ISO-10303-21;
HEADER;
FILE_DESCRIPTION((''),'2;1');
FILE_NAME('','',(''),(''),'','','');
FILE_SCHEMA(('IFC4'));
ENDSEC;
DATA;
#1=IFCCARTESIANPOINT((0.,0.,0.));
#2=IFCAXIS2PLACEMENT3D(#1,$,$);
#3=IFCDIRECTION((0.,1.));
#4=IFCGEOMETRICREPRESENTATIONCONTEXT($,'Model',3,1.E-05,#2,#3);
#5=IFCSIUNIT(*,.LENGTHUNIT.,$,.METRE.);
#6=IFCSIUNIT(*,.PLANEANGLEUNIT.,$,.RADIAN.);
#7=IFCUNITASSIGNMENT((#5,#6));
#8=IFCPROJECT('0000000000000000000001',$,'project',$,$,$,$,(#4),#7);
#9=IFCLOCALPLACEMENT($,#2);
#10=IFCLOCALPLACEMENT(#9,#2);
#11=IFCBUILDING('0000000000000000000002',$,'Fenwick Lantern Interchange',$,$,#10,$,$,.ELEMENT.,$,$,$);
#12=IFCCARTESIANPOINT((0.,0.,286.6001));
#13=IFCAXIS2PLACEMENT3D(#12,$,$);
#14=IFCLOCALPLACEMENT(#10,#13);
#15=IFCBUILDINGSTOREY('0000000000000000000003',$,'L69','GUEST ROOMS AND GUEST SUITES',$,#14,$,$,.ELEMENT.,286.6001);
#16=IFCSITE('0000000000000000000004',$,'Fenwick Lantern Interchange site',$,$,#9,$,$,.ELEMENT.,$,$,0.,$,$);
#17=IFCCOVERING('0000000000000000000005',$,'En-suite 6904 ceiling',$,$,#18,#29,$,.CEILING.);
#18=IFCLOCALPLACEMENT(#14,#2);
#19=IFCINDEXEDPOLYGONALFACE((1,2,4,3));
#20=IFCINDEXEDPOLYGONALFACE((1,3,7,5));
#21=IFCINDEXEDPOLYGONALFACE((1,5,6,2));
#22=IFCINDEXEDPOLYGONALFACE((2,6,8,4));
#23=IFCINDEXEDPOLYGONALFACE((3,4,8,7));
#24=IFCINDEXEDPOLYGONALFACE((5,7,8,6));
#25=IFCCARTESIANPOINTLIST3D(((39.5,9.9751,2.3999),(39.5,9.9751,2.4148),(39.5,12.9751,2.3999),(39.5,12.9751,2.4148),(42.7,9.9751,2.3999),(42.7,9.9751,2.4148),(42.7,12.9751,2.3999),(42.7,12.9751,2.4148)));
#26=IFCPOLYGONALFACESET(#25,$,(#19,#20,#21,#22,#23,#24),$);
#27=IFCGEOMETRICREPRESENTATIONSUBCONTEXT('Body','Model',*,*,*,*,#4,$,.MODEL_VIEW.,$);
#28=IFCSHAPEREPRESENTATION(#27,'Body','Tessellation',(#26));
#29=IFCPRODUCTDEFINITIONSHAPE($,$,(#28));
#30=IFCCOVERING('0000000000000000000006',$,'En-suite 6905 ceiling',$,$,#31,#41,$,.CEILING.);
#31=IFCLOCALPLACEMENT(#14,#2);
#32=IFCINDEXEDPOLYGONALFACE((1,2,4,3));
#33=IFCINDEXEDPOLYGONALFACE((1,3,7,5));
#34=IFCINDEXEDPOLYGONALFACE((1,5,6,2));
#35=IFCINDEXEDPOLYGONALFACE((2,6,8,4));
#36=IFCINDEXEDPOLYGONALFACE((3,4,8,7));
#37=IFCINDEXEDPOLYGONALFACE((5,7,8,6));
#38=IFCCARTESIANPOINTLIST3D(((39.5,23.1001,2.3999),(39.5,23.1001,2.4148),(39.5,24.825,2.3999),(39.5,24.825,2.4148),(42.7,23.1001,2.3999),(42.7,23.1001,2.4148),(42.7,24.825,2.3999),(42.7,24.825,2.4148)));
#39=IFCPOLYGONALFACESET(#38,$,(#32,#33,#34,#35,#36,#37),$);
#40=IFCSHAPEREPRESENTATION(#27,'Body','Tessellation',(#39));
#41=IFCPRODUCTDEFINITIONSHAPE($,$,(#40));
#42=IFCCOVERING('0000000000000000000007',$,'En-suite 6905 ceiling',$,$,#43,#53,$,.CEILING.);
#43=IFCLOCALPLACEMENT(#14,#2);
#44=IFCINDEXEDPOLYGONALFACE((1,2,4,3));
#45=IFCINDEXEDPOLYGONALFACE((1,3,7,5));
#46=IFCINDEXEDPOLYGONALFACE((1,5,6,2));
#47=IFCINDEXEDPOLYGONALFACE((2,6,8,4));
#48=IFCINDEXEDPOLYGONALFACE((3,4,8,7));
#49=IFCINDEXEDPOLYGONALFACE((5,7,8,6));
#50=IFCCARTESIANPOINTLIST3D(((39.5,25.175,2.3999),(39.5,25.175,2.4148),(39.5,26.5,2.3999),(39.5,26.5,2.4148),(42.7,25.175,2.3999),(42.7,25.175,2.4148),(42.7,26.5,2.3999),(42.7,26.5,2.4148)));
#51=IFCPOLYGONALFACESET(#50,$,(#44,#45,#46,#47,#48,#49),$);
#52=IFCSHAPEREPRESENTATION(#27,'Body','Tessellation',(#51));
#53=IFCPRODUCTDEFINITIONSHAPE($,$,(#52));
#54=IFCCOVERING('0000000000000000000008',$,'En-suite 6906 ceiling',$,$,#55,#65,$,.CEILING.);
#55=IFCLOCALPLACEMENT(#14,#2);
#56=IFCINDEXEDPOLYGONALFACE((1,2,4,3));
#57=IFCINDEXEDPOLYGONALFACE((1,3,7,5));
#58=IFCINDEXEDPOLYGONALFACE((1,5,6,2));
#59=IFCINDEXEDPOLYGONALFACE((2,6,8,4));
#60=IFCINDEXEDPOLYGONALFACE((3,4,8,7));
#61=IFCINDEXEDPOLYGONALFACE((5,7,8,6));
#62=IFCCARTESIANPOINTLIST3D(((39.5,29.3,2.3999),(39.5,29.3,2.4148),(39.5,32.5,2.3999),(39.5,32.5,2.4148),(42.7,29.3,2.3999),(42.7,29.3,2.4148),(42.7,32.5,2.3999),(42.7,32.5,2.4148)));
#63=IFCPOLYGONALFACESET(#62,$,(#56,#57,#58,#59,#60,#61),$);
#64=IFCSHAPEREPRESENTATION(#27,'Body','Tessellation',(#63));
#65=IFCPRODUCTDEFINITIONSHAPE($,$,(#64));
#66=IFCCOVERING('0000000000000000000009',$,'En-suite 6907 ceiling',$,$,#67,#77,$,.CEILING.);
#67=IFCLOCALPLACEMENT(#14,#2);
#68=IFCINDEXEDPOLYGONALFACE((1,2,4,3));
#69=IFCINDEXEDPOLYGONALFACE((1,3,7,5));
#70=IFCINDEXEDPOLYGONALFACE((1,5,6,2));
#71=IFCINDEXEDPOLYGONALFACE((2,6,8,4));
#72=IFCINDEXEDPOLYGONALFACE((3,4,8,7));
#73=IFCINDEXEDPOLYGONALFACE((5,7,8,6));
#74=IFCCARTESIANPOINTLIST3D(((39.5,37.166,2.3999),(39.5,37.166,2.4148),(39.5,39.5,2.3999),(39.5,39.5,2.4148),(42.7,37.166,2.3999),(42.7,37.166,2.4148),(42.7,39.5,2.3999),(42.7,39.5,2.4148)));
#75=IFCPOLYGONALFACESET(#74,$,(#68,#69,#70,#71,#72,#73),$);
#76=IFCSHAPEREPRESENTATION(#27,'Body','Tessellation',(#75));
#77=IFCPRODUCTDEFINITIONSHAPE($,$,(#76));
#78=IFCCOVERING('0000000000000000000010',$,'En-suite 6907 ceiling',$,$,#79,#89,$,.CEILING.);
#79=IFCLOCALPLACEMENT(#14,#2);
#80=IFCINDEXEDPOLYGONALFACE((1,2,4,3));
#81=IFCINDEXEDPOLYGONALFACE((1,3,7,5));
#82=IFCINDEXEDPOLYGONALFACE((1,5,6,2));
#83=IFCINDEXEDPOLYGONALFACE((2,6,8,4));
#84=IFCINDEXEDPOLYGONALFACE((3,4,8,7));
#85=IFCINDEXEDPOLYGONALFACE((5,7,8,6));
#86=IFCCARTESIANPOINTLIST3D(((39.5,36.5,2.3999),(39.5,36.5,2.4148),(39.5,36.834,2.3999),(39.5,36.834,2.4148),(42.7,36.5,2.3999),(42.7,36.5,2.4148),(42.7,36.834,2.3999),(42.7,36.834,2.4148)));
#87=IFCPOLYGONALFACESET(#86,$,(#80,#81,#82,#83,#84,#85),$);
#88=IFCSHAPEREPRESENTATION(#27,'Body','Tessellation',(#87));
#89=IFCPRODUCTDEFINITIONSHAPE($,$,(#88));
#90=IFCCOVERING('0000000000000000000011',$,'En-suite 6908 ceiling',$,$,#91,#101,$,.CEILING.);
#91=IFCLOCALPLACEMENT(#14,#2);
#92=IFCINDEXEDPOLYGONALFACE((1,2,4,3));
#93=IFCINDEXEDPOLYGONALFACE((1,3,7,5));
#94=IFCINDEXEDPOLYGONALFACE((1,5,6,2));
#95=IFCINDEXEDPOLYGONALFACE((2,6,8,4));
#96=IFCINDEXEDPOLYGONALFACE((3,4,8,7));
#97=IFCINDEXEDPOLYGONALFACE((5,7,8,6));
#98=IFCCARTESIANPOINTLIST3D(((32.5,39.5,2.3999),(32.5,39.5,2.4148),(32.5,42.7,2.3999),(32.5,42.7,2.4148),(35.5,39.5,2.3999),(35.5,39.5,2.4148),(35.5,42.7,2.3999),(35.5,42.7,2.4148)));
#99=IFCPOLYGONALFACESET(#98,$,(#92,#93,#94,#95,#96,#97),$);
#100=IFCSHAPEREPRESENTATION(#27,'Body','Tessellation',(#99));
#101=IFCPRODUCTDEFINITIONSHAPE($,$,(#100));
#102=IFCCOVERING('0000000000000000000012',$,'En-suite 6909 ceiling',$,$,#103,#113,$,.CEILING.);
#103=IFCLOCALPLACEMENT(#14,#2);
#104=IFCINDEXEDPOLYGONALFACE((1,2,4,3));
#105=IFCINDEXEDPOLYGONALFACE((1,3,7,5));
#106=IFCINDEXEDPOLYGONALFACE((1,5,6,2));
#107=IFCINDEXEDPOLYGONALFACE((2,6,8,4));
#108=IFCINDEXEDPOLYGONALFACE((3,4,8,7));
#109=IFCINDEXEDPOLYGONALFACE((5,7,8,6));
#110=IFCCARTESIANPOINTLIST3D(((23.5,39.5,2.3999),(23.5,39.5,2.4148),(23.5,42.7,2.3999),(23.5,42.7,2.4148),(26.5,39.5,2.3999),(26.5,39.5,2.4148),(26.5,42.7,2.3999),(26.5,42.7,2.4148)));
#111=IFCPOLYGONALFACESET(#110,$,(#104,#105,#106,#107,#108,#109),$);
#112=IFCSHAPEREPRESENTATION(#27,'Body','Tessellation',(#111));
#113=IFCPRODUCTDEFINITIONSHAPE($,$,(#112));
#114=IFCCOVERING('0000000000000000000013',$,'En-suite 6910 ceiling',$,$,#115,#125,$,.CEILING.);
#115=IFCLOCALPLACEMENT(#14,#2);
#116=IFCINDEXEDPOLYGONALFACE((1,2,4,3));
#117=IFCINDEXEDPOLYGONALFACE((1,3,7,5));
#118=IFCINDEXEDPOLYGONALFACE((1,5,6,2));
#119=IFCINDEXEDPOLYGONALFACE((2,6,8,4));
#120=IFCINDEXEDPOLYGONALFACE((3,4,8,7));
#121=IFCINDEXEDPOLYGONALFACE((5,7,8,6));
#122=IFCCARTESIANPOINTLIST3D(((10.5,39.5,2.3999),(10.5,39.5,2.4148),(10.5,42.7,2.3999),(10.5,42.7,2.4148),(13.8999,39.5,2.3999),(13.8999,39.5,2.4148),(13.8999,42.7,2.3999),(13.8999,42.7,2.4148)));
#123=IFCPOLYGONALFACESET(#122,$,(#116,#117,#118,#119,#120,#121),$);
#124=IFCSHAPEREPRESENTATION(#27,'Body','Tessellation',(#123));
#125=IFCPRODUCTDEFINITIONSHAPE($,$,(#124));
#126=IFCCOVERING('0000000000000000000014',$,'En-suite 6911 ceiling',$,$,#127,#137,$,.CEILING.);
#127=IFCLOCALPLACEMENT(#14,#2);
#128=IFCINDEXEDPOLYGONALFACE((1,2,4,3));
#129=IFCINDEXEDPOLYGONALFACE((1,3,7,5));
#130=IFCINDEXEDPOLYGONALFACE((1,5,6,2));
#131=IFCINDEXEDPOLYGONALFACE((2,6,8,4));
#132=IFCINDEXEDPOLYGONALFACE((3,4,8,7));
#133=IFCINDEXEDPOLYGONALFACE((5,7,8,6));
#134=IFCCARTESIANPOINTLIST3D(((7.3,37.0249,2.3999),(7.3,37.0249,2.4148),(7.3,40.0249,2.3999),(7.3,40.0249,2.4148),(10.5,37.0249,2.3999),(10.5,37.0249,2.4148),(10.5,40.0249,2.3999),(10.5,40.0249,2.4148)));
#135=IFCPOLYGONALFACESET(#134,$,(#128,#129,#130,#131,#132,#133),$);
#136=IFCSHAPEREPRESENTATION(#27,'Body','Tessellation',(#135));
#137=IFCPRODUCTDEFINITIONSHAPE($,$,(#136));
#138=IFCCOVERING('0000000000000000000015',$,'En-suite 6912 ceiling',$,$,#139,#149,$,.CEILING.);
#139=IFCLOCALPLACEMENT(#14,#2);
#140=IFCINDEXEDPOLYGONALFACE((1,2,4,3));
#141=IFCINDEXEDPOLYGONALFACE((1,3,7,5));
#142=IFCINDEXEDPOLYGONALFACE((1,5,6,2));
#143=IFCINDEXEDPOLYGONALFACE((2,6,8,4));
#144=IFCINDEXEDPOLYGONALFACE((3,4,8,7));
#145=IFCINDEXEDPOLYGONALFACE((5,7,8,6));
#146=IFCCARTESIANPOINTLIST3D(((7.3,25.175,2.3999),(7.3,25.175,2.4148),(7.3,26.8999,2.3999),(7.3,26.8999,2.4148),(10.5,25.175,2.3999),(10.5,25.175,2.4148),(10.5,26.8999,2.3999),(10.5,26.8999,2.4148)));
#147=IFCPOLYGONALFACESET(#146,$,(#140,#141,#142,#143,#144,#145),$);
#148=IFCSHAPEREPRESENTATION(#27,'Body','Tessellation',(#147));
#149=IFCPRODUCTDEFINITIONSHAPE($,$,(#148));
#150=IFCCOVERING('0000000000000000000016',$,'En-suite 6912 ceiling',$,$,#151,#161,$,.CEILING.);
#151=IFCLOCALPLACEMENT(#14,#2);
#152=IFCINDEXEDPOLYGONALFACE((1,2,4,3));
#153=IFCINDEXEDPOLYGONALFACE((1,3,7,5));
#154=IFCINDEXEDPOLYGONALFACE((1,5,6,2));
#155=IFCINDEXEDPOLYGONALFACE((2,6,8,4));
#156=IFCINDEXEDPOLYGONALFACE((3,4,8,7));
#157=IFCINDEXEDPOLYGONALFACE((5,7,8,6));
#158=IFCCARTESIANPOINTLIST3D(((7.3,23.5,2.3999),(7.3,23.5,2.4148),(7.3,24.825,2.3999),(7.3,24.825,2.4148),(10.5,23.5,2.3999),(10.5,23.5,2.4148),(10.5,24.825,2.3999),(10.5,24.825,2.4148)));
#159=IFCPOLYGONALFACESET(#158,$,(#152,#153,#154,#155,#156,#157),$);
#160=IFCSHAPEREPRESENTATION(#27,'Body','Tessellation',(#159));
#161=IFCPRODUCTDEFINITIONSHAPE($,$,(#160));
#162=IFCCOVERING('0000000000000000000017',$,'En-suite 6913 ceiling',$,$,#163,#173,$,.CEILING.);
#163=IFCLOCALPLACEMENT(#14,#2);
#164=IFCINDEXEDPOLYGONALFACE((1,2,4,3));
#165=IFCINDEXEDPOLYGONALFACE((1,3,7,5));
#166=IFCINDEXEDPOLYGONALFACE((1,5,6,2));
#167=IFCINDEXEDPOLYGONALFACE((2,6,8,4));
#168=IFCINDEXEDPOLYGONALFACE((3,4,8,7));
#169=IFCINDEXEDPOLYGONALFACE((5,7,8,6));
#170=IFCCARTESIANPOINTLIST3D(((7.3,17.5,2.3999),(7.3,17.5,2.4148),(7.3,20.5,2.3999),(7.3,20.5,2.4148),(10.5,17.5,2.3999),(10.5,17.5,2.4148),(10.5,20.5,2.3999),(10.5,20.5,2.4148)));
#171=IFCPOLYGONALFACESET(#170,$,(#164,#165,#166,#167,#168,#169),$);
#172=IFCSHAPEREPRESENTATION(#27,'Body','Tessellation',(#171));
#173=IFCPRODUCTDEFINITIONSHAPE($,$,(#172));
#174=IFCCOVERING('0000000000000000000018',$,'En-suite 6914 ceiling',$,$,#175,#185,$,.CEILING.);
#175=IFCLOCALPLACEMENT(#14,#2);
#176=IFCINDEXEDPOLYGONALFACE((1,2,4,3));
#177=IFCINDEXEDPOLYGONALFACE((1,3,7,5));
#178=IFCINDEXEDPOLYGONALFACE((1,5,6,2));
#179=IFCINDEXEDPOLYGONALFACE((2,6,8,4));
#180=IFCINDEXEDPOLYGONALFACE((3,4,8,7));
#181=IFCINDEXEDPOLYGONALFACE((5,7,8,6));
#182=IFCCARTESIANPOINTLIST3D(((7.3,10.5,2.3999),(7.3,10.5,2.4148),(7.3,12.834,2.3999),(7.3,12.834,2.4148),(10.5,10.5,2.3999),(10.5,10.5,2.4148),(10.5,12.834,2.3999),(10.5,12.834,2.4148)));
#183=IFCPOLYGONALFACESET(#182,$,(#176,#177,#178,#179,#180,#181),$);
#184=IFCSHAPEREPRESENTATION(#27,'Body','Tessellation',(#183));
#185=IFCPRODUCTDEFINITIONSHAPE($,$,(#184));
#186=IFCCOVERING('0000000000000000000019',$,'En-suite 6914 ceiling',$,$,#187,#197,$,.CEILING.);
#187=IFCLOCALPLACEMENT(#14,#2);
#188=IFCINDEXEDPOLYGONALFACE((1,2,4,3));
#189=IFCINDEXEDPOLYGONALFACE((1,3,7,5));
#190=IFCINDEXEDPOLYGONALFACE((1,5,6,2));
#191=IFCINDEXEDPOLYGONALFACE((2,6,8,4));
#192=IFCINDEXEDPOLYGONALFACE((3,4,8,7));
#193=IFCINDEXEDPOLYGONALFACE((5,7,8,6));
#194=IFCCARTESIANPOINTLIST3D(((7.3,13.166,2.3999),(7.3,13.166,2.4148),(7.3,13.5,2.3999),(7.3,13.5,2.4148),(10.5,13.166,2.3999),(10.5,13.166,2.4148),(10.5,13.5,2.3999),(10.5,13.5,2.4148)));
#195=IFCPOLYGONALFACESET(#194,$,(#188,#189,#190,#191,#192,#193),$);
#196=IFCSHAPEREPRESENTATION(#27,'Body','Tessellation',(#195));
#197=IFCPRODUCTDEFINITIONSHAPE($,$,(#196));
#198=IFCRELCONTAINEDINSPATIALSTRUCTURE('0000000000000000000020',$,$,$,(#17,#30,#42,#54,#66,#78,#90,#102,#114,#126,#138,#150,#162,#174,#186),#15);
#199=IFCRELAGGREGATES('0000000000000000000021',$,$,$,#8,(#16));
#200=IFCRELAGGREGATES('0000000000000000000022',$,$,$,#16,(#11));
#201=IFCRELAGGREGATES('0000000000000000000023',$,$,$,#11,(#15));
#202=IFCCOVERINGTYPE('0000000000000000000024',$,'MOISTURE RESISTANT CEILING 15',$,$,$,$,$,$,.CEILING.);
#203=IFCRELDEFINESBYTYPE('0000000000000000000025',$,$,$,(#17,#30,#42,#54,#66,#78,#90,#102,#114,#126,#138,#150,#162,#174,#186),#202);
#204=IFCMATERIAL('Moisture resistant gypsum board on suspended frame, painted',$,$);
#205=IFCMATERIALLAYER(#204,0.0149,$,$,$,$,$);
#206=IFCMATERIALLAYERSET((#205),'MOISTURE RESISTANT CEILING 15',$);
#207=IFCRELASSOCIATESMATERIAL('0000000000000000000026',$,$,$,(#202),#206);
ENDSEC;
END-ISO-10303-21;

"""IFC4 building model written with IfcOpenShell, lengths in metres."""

from ifc_helpers import new_model, si_unit, direction, frame, origin, place, context, subcontext, project, spatial, polyline, outline, extrude, material, layer, layer_set, type_object, element, save


model = new_model("IFC4")

# Units and contexts
model_context = context("Model", 3, precision=1e-05, world=origin(), true_north=direction((0.0, 1.0)))
body_context = subcontext(model_context, "Body", "Model", "MODEL_VIEW")
ifc_project = project(units=[si_unit("LENGTHUNIT", "METRE"), si_unit("PLANEANGLEUNIT", "RADIAN")], contexts=[model_context])

# Site, building, storey
site_placement = place(None, origin())
site = spatial("IfcSite", under=ifc_project, at=site_placement, Name="Fenwick Lantern Interchange site", CompositionType="ELEMENT", RefElevation=0.0)
building_placement = place(site_placement, origin())
building = spatial("IfcBuilding", under=site, at=building_placement, Name="Fenwick Lantern Interchange", CompositionType="ELEMENT")
storey_placement = place(building_placement, frame((0.0, 0.0, 286.6001)))
storey = spatial("IfcBuildingStorey", under=building, at=storey_placement, Name="L69", Description="GUEST ROOMS AND GUEST SUITES", CompositionType="ELEMENT", Elevation=286.6001)

# Coverings
ifc_material_1 = material(Name="Moisture resistant gypsum board on suspended frame, painted")
ifc_layer_1 = layer(ifc_material_1, 0.0149)
ifc_layer_set_1 = layer_set([ifc_layer_1], Name="MOISTURE RESISTANT CEILING 15")
covering_type_1 = type_object("IfcCoveringType", Name="MOISTURE RESISTANT CEILING 15", PredefinedType="CEILING", material=ifc_layer_set_1)
covering_1_placement = place(storey_placement, frame((0.0, 0.0, 2.3999)))
element("IfcCovering", 1, at=covering_1_placement, inside=storey, type_object=covering_type_1, Name="En-suite 6904 ceiling", PredefinedType="CEILING", context=body_context, shape_type="SweptSolid", body=[
    extrude(outline(polyline([(42.7, 9.9751), (42.7, 12.9751), (39.5, 12.9751), (39.5, 9.9751), (42.7, 9.9751)])), origin(), (0.0, 0.0, 1.0), 0.0149),
])
covering_2_placement = place(storey_placement, frame((0.0, 0.0, 2.3999)))
element("IfcCovering", 2, at=covering_2_placement, inside=storey, type_object=covering_type_1, Name="En-suite 6905 ceiling", PredefinedType="CEILING", context=body_context, shape_type="SweptSolid", body=[
    extrude(outline(polyline([(42.7, 23.1001), (42.7, 24.825), (39.5, 24.825), (39.5, 23.1001), (42.7, 23.1001)])), origin(), (0.0, 0.0, 1.0), 0.0149),
])
covering_3_placement = place(storey_placement, frame((0.0, 0.0, 2.3999)))
element("IfcCovering", 3, at=covering_3_placement, inside=storey, type_object=covering_type_1, Name="En-suite 6905 ceiling", PredefinedType="CEILING", context=body_context, shape_type="SweptSolid", body=[
    extrude(outline(polyline([(39.5, 26.5), (39.5, 25.175), (42.7, 25.175), (42.7, 26.5), (39.5, 26.5)])), origin(), (0.0, 0.0, 1.0), 0.0149),
])
covering_4_placement = place(storey_placement, frame((0.0, 0.0, 2.3999)))
element("IfcCovering", 4, at=covering_4_placement, inside=storey, type_object=covering_type_1, Name="En-suite 6906 ceiling", PredefinedType="CEILING", context=body_context, shape_type="SweptSolid", body=[
    extrude(outline(polyline([(42.7, 29.3), (42.7, 32.5), (39.5, 32.5), (39.5, 29.3), (42.7, 29.3)])), origin(), (0.0, 0.0, 1.0), 0.0149),
])
covering_5_placement = place(storey_placement, frame((0.0, 0.0, 2.3999)))
element("IfcCovering", 5, at=covering_5_placement, inside=storey, type_object=covering_type_1, Name="En-suite 6907 ceiling", PredefinedType="CEILING", context=body_context, shape_type="SweptSolid", body=[
    extrude(outline(polyline([(39.5, 39.5), (39.5, 37.166), (42.7, 37.166), (42.7, 39.5), (39.5, 39.5)])), origin(), (0.0, 0.0, 1.0), 0.0149),
])
covering_6_placement = place(storey_placement, frame((0.0, 0.0, 2.3999)))
element("IfcCovering", 6, at=covering_6_placement, inside=storey, type_object=covering_type_1, Name="En-suite 6907 ceiling", PredefinedType="CEILING", context=body_context, shape_type="SweptSolid", body=[
    extrude(outline(polyline([(42.7, 36.5), (42.7, 36.834), (39.5, 36.834), (39.5, 36.5), (42.7, 36.5)])), origin(), (0.0, 0.0, 1.0), 0.0149),
])
covering_7_placement = place(storey_placement, frame((0.0, 0.0, 2.3999)))
element("IfcCovering", 7, at=covering_7_placement, inside=storey, type_object=covering_type_1, Name="En-suite 6908 ceiling", PredefinedType="CEILING", context=body_context, shape_type="SweptSolid", body=[
    extrude(outline(polyline([(35.5, 42.7), (32.5, 42.7), (32.5, 39.5), (35.5, 39.5), (35.5, 42.7)])), origin(), (0.0, 0.0, 1.0), 0.0149),
])
covering_8_placement = place(storey_placement, frame((0.0, 0.0, 2.3999)))
element("IfcCovering", 8, at=covering_8_placement, inside=storey, type_object=covering_type_1, Name="En-suite 6909 ceiling", PredefinedType="CEILING", context=body_context, shape_type="SweptSolid", body=[
    extrude(outline(polyline([(26.5, 42.7), (23.5, 42.7), (23.5, 39.5), (26.5, 39.5), (26.5, 42.7)])), origin(), (0.0, 0.0, 1.0), 0.0149),
])
covering_9_placement = place(storey_placement, frame((0.0, 0.0, 2.3999)))
element("IfcCovering", 9, at=covering_9_placement, inside=storey, type_object=covering_type_1, Name="En-suite 6910 ceiling", PredefinedType="CEILING", context=body_context, shape_type="SweptSolid", body=[
    extrude(outline(polyline([(13.8999, 42.7), (10.5, 42.7), (10.5, 39.5), (13.8999, 39.5), (13.8999, 42.7)])), origin(), (0.0, 0.0, 1.0), 0.0149),
])
covering_10_placement = place(storey_placement, frame((0.0, 0.0, 2.3999)))
element("IfcCovering", 10, at=covering_10_placement, inside=storey, type_object=covering_type_1, Name="En-suite 6911 ceiling", PredefinedType="CEILING", context=body_context, shape_type="SweptSolid", body=[
    extrude(outline(polyline([(7.3, 40.0249), (7.3, 37.0249), (10.5, 37.0249), (10.5, 40.0249), (7.3, 40.0249)])), origin(), (0.0, 0.0, 1.0), 0.0149),
])
covering_11_placement = place(storey_placement, frame((0.0, 0.0, 2.3999)))
element("IfcCovering", 11, at=covering_11_placement, inside=storey, type_object=covering_type_1, Name="En-suite 6912 ceiling", PredefinedType="CEILING", context=body_context, shape_type="SweptSolid", body=[
    extrude(outline(polyline([(7.3, 26.8999), (7.3, 25.175), (10.5, 25.175), (10.5, 26.8999), (7.3, 26.8999)])), origin(), (0.0, 0.0, 1.0), 0.0149),
])
covering_12_placement = place(storey_placement, frame((0.0, 0.0, 2.3999)))
element("IfcCovering", 12, at=covering_12_placement, inside=storey, type_object=covering_type_1, Name="En-suite 6912 ceiling", PredefinedType="CEILING", context=body_context, shape_type="SweptSolid", body=[
    extrude(outline(polyline([(10.5, 23.5), (10.5, 24.825), (7.3, 24.825), (7.3, 23.5), (10.5, 23.5)])), origin(), (0.0, 0.0, 1.0), 0.0149),
])
covering_13_placement = place(storey_placement, frame((0.0, 0.0, 2.3999)))
element("IfcCovering", 13, at=covering_13_placement, inside=storey, type_object=covering_type_1, Name="En-suite 6913 ceiling", PredefinedType="CEILING", context=body_context, shape_type="SweptSolid", body=[
    extrude(outline(polyline([(7.3, 20.5), (7.3, 17.5), (10.5, 17.5), (10.5, 20.5), (7.3, 20.5)])), origin(), (0.0, 0.0, 1.0), 0.0149),
])
covering_14_placement = place(storey_placement, frame((0.0, 0.0, 2.3999)))
element("IfcCovering", 14, at=covering_14_placement, inside=storey, type_object=covering_type_1, Name="En-suite 6914 ceiling", PredefinedType="CEILING", context=body_context, shape_type="SweptSolid", body=[
    extrude(outline(polyline([(10.5, 10.5), (10.5, 12.834), (7.3, 12.834), (7.3, 10.5), (10.5, 10.5)])), origin(), (0.0, 0.0, 1.0), 0.0149),
])
covering_15_placement = place(storey_placement, frame((0.0, 0.0, 2.3999)))
element("IfcCovering", 15, at=covering_15_placement, inside=storey, type_object=covering_type_1, Name="En-suite 6914 ceiling", PredefinedType="CEILING", context=body_context, shape_type="SweptSolid", body=[
    extrude(outline(polyline([(7.3, 13.5), (7.3, 13.166), (10.5, 13.166), (10.5, 13.5), (7.3, 13.5)])), origin(), (0.0, 0.0, 1.0), 0.0149),
])

save(model, "model.ifc")
